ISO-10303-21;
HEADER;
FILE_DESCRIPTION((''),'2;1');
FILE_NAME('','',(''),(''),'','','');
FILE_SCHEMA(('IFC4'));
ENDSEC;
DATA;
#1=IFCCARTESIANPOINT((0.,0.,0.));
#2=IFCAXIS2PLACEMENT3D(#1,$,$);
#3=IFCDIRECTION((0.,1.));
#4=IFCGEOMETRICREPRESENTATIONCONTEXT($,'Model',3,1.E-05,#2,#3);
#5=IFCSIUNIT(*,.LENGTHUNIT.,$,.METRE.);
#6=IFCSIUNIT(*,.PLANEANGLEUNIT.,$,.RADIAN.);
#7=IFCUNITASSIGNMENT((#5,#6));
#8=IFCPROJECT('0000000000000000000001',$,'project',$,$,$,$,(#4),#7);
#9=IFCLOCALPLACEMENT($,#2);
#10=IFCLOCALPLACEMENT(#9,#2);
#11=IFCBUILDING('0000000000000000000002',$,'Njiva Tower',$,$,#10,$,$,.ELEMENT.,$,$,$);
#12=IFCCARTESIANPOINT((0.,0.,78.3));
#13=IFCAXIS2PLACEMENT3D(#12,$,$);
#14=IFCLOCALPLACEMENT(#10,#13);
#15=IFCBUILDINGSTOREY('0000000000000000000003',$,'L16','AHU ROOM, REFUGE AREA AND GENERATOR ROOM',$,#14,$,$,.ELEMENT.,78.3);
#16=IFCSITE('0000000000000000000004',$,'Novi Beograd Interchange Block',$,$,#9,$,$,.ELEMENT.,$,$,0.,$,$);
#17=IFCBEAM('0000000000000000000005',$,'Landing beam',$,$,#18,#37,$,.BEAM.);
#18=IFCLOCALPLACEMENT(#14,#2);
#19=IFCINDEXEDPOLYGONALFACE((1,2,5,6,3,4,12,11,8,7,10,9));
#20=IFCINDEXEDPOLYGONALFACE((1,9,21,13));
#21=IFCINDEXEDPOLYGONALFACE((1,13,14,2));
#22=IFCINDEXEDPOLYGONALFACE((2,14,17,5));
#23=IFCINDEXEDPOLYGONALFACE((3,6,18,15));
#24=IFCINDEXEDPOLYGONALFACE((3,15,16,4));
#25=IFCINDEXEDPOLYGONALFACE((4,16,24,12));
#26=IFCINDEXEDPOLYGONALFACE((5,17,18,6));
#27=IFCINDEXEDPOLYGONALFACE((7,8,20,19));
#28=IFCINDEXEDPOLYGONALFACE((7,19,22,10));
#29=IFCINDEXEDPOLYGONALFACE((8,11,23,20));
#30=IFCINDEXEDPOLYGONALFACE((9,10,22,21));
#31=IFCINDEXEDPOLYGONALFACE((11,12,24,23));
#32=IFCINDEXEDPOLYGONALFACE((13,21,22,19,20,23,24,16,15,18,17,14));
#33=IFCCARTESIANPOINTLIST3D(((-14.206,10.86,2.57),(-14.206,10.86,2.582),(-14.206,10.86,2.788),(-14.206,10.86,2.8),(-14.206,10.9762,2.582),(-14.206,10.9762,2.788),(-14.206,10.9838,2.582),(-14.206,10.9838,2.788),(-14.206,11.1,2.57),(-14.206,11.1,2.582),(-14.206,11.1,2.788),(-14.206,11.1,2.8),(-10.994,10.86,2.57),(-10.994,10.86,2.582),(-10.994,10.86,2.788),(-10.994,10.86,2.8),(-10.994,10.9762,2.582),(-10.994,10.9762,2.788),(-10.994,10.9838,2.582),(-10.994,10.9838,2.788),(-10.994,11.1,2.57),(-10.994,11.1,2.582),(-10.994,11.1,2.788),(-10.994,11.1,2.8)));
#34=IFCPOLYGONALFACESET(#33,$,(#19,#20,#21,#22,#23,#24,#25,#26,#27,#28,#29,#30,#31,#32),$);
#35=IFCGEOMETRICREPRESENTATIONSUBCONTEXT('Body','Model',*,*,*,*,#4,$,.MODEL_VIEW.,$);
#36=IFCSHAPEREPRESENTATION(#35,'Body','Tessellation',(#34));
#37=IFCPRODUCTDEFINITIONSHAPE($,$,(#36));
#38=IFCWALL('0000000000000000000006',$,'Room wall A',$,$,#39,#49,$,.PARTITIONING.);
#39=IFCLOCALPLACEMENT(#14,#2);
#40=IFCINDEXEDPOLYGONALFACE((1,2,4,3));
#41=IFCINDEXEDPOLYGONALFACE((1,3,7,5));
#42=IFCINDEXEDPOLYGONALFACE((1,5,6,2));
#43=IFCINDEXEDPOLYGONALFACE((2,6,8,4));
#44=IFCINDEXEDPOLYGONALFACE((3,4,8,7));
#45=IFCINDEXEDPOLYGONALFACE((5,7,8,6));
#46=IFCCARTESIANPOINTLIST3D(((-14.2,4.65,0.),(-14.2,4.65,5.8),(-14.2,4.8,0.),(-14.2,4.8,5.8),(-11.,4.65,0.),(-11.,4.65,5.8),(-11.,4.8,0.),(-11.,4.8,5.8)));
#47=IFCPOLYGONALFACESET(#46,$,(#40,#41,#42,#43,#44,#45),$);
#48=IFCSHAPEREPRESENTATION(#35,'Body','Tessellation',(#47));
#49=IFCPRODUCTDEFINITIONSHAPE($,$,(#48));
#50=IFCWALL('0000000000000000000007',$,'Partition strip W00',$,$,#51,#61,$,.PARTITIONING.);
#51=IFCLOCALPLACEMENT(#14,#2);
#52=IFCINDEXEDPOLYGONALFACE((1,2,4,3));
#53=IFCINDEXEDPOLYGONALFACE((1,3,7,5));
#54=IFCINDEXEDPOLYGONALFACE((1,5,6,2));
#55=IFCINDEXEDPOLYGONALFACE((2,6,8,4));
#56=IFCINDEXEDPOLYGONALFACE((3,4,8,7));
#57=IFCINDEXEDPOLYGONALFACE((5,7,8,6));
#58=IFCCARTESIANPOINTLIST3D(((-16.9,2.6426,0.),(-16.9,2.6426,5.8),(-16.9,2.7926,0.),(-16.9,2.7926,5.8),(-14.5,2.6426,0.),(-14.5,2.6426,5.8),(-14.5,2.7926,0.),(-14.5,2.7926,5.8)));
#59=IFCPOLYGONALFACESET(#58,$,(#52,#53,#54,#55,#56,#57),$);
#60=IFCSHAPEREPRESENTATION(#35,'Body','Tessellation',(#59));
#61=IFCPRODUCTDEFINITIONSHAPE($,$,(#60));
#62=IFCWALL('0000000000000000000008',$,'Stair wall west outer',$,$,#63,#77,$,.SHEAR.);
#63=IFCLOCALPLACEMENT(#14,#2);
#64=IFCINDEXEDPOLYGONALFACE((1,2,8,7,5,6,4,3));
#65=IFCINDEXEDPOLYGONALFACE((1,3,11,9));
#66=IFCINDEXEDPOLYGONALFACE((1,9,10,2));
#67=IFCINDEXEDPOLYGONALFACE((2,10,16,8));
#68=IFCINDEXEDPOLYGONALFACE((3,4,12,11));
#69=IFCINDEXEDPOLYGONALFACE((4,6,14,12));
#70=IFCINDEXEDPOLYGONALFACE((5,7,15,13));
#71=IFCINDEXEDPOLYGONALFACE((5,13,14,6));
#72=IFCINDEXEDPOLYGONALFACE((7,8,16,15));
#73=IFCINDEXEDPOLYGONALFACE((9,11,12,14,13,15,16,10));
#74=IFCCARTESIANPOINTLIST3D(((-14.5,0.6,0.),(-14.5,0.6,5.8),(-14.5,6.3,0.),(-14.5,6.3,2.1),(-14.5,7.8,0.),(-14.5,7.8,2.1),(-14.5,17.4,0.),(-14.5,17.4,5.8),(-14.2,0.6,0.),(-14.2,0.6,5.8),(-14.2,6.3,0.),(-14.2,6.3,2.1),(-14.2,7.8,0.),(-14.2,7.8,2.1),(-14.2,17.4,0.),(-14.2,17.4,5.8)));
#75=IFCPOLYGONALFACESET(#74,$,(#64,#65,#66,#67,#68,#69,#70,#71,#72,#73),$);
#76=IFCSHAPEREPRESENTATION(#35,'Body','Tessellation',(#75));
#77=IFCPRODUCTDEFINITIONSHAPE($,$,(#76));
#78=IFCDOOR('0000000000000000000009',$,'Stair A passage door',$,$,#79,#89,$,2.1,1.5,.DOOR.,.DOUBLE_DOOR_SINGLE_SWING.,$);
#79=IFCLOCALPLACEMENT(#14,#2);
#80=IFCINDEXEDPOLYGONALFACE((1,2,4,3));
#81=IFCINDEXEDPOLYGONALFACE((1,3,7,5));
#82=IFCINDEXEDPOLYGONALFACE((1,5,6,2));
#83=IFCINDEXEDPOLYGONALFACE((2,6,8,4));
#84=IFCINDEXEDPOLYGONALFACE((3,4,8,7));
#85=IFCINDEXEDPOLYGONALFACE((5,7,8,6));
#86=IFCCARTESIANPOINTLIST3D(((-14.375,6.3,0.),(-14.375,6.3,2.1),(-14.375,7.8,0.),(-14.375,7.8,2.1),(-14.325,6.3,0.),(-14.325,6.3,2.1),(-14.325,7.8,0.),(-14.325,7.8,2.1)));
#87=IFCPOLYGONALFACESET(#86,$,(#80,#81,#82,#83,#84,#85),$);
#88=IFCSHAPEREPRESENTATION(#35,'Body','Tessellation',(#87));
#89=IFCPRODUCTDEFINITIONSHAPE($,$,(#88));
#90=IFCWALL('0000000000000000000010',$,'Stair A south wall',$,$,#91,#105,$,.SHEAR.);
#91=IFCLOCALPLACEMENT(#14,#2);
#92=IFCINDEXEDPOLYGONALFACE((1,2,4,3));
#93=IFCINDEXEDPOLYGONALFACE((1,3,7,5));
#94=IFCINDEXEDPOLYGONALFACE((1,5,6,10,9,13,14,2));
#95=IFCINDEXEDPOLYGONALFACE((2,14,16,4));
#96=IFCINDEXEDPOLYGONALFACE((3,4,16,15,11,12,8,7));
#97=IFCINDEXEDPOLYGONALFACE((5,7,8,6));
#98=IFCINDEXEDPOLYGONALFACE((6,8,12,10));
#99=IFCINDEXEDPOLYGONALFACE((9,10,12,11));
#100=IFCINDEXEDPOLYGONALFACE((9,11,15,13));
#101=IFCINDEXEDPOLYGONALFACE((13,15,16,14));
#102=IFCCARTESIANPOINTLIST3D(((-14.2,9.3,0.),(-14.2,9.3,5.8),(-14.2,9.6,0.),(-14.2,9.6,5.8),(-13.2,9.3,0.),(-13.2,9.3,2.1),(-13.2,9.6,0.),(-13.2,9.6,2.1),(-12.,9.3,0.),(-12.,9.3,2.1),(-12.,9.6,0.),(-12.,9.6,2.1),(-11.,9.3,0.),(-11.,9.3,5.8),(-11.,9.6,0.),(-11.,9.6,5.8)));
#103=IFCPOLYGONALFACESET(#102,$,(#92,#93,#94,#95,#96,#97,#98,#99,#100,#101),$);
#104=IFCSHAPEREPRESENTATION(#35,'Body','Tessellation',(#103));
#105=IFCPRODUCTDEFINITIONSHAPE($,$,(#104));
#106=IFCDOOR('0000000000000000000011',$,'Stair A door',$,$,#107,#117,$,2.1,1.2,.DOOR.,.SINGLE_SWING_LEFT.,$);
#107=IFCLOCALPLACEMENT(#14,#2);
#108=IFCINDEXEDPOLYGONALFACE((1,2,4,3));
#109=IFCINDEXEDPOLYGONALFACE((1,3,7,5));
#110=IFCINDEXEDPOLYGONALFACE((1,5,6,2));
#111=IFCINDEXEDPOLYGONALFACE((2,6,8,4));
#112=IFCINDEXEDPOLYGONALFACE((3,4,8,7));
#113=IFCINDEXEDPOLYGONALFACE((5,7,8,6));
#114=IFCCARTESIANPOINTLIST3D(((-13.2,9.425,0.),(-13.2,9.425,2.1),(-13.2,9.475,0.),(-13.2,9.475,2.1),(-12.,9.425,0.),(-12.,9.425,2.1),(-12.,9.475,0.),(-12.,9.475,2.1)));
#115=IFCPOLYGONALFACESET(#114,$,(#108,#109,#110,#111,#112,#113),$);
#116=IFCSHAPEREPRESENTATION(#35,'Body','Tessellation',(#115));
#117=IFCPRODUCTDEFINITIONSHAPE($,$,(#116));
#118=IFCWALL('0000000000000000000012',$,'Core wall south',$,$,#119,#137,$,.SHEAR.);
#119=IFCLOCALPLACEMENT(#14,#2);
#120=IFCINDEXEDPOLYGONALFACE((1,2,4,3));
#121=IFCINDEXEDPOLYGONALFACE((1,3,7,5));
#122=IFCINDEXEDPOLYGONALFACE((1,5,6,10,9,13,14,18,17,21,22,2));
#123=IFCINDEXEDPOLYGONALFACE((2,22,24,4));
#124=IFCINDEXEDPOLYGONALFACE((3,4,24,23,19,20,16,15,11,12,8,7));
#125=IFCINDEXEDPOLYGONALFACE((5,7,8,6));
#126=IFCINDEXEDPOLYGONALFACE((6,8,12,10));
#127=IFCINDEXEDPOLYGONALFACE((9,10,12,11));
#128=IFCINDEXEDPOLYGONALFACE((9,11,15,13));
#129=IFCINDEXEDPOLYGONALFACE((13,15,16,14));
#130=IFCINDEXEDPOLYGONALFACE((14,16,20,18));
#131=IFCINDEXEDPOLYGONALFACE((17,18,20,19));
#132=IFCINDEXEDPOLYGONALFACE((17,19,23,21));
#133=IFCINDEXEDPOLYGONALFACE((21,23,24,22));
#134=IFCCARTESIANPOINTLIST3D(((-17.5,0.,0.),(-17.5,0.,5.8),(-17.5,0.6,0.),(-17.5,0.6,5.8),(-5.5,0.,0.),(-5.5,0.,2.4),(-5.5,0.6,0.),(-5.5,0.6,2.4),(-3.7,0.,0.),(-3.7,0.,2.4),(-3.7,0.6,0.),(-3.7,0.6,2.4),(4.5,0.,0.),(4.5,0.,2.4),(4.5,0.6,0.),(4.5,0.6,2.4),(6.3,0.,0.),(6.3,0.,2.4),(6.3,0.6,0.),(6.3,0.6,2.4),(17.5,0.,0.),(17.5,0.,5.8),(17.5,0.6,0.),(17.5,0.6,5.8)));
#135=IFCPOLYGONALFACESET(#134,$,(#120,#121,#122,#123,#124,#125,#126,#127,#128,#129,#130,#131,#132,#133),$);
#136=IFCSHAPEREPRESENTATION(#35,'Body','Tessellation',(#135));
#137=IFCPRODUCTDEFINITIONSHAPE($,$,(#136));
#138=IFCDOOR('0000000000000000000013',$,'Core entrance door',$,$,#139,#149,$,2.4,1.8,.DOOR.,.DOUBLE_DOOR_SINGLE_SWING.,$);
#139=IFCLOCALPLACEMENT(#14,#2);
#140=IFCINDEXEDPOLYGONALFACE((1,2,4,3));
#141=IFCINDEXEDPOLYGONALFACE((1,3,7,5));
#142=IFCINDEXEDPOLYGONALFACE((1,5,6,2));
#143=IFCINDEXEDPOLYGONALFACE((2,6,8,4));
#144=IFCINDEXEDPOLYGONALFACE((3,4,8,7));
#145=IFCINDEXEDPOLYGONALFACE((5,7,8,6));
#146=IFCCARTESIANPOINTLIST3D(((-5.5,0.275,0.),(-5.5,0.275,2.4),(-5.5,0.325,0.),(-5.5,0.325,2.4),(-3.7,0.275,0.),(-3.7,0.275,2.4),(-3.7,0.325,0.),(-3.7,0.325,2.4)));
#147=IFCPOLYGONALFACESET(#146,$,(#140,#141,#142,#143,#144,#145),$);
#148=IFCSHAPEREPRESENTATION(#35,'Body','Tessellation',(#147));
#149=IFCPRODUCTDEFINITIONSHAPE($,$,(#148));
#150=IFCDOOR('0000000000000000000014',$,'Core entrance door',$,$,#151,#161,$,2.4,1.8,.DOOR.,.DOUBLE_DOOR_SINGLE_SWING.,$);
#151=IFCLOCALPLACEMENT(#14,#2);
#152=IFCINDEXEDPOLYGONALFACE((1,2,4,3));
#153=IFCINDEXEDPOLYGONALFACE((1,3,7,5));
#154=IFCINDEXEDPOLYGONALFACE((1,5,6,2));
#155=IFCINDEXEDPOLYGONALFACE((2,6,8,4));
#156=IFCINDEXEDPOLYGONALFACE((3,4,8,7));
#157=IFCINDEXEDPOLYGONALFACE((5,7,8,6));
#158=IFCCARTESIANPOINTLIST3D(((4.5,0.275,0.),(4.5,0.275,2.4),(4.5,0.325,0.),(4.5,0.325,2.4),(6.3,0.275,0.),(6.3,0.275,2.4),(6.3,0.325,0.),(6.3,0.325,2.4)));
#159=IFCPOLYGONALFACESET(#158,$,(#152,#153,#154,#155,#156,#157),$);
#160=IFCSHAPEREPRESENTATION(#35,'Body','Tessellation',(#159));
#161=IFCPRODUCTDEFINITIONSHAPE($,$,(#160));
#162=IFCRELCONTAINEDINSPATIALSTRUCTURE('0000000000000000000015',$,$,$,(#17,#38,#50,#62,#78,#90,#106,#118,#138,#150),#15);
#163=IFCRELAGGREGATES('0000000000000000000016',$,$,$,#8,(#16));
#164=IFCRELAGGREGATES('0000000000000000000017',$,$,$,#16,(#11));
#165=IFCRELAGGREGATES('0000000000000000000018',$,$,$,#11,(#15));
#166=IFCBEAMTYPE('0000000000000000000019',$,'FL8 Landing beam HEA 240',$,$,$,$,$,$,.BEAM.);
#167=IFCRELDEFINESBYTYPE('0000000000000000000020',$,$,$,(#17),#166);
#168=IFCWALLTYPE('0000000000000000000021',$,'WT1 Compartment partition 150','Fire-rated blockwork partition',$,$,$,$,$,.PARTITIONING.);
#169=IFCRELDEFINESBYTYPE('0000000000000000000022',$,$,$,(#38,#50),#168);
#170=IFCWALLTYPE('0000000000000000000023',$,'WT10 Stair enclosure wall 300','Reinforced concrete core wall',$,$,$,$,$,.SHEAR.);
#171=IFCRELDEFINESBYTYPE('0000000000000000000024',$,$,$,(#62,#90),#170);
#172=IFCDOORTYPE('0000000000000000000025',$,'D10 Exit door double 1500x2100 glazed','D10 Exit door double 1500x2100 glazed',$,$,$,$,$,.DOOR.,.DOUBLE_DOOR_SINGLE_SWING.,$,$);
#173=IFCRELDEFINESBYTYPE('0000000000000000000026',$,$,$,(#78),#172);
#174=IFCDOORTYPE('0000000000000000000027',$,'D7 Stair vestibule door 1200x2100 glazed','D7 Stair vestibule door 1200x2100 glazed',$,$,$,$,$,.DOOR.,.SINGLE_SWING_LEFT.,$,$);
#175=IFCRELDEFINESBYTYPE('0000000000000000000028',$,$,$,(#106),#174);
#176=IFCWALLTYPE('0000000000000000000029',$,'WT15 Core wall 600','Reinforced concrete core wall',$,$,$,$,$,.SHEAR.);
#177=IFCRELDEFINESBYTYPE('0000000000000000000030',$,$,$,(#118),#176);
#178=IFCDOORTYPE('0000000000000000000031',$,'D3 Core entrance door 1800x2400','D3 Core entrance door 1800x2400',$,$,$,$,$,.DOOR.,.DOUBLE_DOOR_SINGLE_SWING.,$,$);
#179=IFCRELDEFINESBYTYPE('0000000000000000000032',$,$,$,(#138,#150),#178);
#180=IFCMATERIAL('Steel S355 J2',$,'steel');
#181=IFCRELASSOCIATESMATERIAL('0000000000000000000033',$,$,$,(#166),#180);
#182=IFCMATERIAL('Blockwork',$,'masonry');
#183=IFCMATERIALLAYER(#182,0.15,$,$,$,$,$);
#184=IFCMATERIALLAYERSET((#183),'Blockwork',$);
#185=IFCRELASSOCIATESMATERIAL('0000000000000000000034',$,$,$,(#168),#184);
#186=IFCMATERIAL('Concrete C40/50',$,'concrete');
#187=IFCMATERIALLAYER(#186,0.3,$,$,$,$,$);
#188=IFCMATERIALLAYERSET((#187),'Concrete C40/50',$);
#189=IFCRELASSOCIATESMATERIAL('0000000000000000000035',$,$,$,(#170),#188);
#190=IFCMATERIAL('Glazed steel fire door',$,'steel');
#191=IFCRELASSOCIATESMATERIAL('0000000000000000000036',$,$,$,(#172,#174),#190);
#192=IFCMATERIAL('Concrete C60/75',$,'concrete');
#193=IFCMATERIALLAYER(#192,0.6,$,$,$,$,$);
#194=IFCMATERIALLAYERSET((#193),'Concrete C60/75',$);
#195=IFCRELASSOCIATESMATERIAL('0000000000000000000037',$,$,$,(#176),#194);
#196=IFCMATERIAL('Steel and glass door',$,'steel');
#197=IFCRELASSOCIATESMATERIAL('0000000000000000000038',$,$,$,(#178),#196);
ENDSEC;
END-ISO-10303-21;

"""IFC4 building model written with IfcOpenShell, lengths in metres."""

from ifc_helpers import new_model, si_unit, direction, frame, frame_2d, origin, origin_2d, place, context, subcontext, project, spatial, rectangle, i_section, extrude, material, layer, layer_set, material_profile, profile_set, type_object, element, fill, save


model = new_model("IFC4")

# Units and contexts
model_context = context("Model", 3, precision=1e-05, world=origin(), true_north=direction((0.0, 1.0)))
body_context = subcontext(model_context, "Body", "Model", "MODEL_VIEW")
ifc_project = project(units=[si_unit("LENGTHUNIT", "METRE"), si_unit("PLANEANGLEUNIT", "RADIAN")], contexts=[model_context])

# Site, building, storey
site_placement = place(None, origin())
site = spatial("IfcSite", under=ifc_project, at=site_placement, Name="Novi Beograd Interchange Block", CompositionType="ELEMENT", RefElevation=0.0)
building_placement = place(site_placement, origin())
building = spatial("IfcBuilding", under=site, at=building_placement, Name="Njiva Tower", CompositionType="ELEMENT")
storey_placement = place(building_placement, frame((0.0, 0.0, 78.3)))
storey = spatial("IfcBuildingStorey", under=building, at=storey_placement, Name="L16", Description="AHU ROOM, REFUGE AREA AND GENERATOR ROOM", CompositionType="ELEMENT", Elevation=78.3)

# Beam
ifc_material_1 = material(Name="Steel S355 J2", Category="steel")
ifc_material_profile = material_profile(ifc_material_1, i_section(OverallWidth=0.24, OverallDepth=0.23, WebThickness=0.0075, FlangeThickness=0.012, at=origin_2d()), Name="HEA240")
ifc_profile_set = profile_set([ifc_material_profile], Name="Steel S355 J2")
beam_type = type_object("IfcBeamType", Name="FL8 Landing beam HEA 240", PredefinedType="BEAM", material=ifc_profile_set)
beam_placement = place(storey_placement, frame((-14.206, 10.98, 2.685), z_axis=(1.0, 0.0, 0.0), x_axis=(0.0, 1.0, 0.0)))
element("IfcBeam", 1, at=beam_placement, inside=storey, type_object=beam_type, Name="Landing beam", PredefinedType="BEAM", context=body_context, shape_type="SweptSolid", body=[
    extrude(i_section(OverallWidth=0.24, OverallDepth=0.23, WebThickness=0.0075, FlangeThickness=0.012, at=origin_2d()), origin(), (0.0, 0.0, 1.0), 3.212),
])

# Walls
ifc_material_2 = material(Name="Blockwork", Category="masonry")
ifc_layer_1 = layer(ifc_material_2, 0.15)
ifc_layer_set_1 = layer_set([ifc_layer_1], Name="Blockwork")
wall_type_1 = type_object("IfcWallType", Name="WT1 Compartment partition 150", Description="Fire-rated blockwork partition", PredefinedType="PARTITIONING", material=ifc_layer_set_1)
wall_1_placement = place(storey_placement, frame((-14.2, 4.725, 0.0), z_axis=(0.0, 0.0, 1.0), x_axis=(1.0, 0.0, 0.0)))
element("IfcWall", 2, at=wall_1_placement, inside=storey, type_object=wall_type_1, Name="Room wall A", PredefinedType="PARTITIONING", context=body_context, shape_type="SweptSolid", body=[
    extrude(rectangle(XDim=3.2, YDim=0.15, at=frame_2d((1.6, 0.0))), origin(), (0.0, 0.0, 1.0), 5.8),
])
wall_2_placement = place(storey_placement, frame((-16.9, 2.7176, 0.0), z_axis=(0.0, 0.0, 1.0), x_axis=(1.0, 0.0, 0.0)))
element("IfcWall", 3, at=wall_2_placement, inside=storey, type_object=wall_type_1, Name="Partition strip W00", PredefinedType="PARTITIONING", context=body_context, shape_type="SweptSolid", body=[
    extrude(rectangle(XDim=2.4, YDim=0.15, at=frame_2d((1.2, 0.0))), origin(), (0.0, 0.0, 1.0), 5.8),
])

# Walls, openings, doors
ifc_material_3 = material(Name="Concrete C40/50", Category="concrete")
ifc_layer_2 = layer(ifc_material_3, 0.3)
ifc_layer_set_2 = layer_set([ifc_layer_2], Name="Concrete C40/50")
wall_type_2 = type_object("IfcWallType", Name="WT10 Stair enclosure wall 300", Description="Reinforced concrete core wall", PredefinedType="SHEAR", material=ifc_layer_set_2)
wall_3_placement = place(storey_placement, frame((-14.35, 0.6, 0.0), z_axis=(0.0, 0.0, 1.0), x_axis=(0.0, 1.0, 0.0)))
wall_3 = element("IfcWall", 4, at=wall_3_placement, inside=storey, type_object=wall_type_2, Name="Stair wall west outer", PredefinedType="SHEAR", context=body_context, shape_type="SweptSolid", body=[
    extrude(rectangle(XDim=16.8, YDim=0.3, at=frame_2d((8.4, 0.0))), origin(), (0.0, 0.0, 1.0), 5.8),
])
opening_1_placement = place(wall_3_placement, frame((5.7, 0.0, 0.0)))
opening_1 = element("IfcOpeningElement", 5, at=opening_1_placement, cuts=wall_3, PredefinedType="OPENING", context=body_context, shape_type="SweptSolid", body=[
    extrude(rectangle(XDim=1.5, YDim=2.1, at=frame_2d((0.75, 1.05))), frame((0.0, 0.16, 0.0), z_axis=(0.0, -1.0, 0.0), x_axis=(1.0, 0.0, 0.0)), (0.0, 0.0, 1.0), 0.32),
])
ifc_material_4 = material(Name="Glazed steel fire door", Category="steel")
door_type_1 = type_object("IfcDoorType", Name="D10 Exit door double 1500x2100 glazed", Description="D10 Exit door double 1500x2100 glazed", OperationType="DOUBLE_DOOR_SINGLE_SWING", PredefinedType="DOOR", material=ifc_material_4)
door_1_placement = place(opening_1_placement, origin())
door_1 = element("IfcDoor", 6, at=door_1_placement, inside=storey, type_object=door_type_1, Name="Stair A passage door", OperationType="DOUBLE_DOOR_SINGLE_SWING", OverallHeight=2.1, OverallWidth=1.5, PredefinedType="DOOR", context=body_context, shape_type="SweptSolid", body=[
    extrude(rectangle(XDim=1.5, YDim=2.1, at=frame_2d((0.75, 1.05))), frame((0.0, 0.025, 0.0), z_axis=(0.0, -1.0, 0.0), x_axis=(1.0, 0.0, 0.0)), (0.0, 0.0, 1.0), 0.05),
])
fill(opening_1, door_1)
wall_4_placement = place(storey_placement, frame((-14.2, 9.45, 0.0), z_axis=(0.0, 0.0, 1.0), x_axis=(1.0, 0.0, 0.0)))
wall_4 = element("IfcWall", 7, at=wall_4_placement, inside=storey, type_object=wall_type_2, Name="Stair A south wall", PredefinedType="SHEAR", context=body_context, shape_type="SweptSolid", body=[
    extrude(rectangle(XDim=3.2, YDim=0.3, at=frame_2d((1.6, 0.0))), origin(), (0.0, 0.0, 1.0), 5.8),
])
opening_2_placement = place(wall_4_placement, frame((1.0, 0.0, 0.0)))
opening_2 = element("IfcOpeningElement", 8, at=opening_2_placement, cuts=wall_4, PredefinedType="OPENING", context=body_context, shape_type="SweptSolid", body=[
    extrude(rectangle(XDim=1.2, YDim=2.1, at=frame_2d((0.6, 1.05))), frame((0.0, 0.16, 0.0), z_axis=(0.0, -1.0, 0.0), x_axis=(1.0, 0.0, 0.0)), (0.0, 0.0, 1.0), 0.32),
])
door_type_2 = type_object("IfcDoorType", Name="D7 Stair vestibule door 1200x2100 glazed", Description="D7 Stair vestibule door 1200x2100 glazed", OperationType="SINGLE_SWING_LEFT", PredefinedType="DOOR", material=ifc_material_4)
door_2_placement = place(opening_2_placement, origin())
door_2 = element("IfcDoor", 9, at=door_2_placement, inside=storey, type_object=door_type_2, Name="Stair A door", OperationType="SINGLE_SWING_LEFT", OverallHeight=2.1, OverallWidth=1.2, PredefinedType="DOOR", context=body_context, shape_type="SweptSolid", body=[
    extrude(rectangle(XDim=1.2, YDim=2.1, at=frame_2d((0.6, 1.05))), frame((0.0, 0.025, 0.0), z_axis=(0.0, -1.0, 0.0), x_axis=(1.0, 0.0, 0.0)), (0.0, 0.0, 1.0), 0.05),
])
fill(opening_2, door_2)

# Wall, openings, doors
ifc_material_5 = material(Name="Concrete C60/75", Category="concrete")
ifc_layer_3 = layer(ifc_material_5, 0.6)
ifc_layer_set_3 = layer_set([ifc_layer_3], Name="Concrete C60/75")
wall_type_3 = type_object("IfcWallType", Name="WT15 Core wall 600", Description="Reinforced concrete core wall", PredefinedType="SHEAR", material=ifc_layer_set_3)
wall_5_placement = place(storey_placement, frame((-17.5, 0.3, 0.0), z_axis=(0.0, 0.0, 1.0), x_axis=(1.0, 0.0, 0.0)))
wall_5 = element("IfcWall", 10, at=wall_5_placement, inside=storey, type_object=wall_type_3, Name="Core wall south", PredefinedType="SHEAR", context=body_context, shape_type="SweptSolid", body=[
    extrude(rectangle(XDim=35.0, YDim=0.6, at=frame_2d((17.5, 0.0))), origin(), (0.0, 0.0, 1.0), 5.8),
])
opening_3_placement = place(wall_5_placement, frame((12.0, 0.0, 0.0)))
opening_3 = element("IfcOpeningElement", 11, at=opening_3_placement, cuts=wall_5, PredefinedType="OPENING", context=body_context, shape_type="SweptSolid", body=[
    extrude(rectangle(XDim=1.8, YDim=2.4, at=frame_2d((0.9, 1.2))), frame((0.0, 0.31, 0.0), z_axis=(0.0, -1.0, 0.0), x_axis=(1.0, 0.0, 0.0)), (0.0, 0.0, 1.0), 0.62),
])
opening_4_placement = place(wall_5_placement, frame((22.0, 0.0, 0.0)))
opening_4 = element("IfcOpeningElement", 12, at=opening_4_placement, cuts=wall_5, PredefinedType="OPENING", context=body_context, shape_type="SweptSolid", body=[
    extrude(rectangle(XDim=1.8, YDim=2.4, at=frame_2d((0.9, 1.2))), frame((0.0, 0.31, 0.0), z_axis=(0.0, -1.0, 0.0), x_axis=(1.0, 0.0, 0.0)), (0.0, 0.0, 1.0), 0.62),
])
ifc_material_6 = material(Name="Steel and glass door", Category="steel")
door_type_3 = type_object("IfcDoorType", Name="D3 Core entrance door 1800x2400", Description="D3 Core entrance door 1800x2400", OperationType="DOUBLE_DOOR_SINGLE_SWING", PredefinedType="DOOR", material=ifc_material_6)
door_3_placement = place(opening_3_placement, origin())
door_3 = element("IfcDoor", 13, at=door_3_placement, inside=storey, type_object=door_type_3, Name="Core entrance door", OperationType="DOUBLE_DOOR_SINGLE_SWING", OverallHeight=2.4, OverallWidth=1.8, PredefinedType="DOOR", context=body_context, shape_type="SweptSolid", body=[
    extrude(rectangle(XDim=1.8, YDim=2.4, at=frame_2d((0.9, 1.2))), frame((0.0, 0.025, 0.0), z_axis=(0.0, -1.0, 0.0), x_axis=(1.0, 0.0, 0.0)), (0.0, 0.0, 1.0), 0.05),
])
fill(opening_3, door_3)
door_4_placement = place(opening_4_placement, origin())
door_4 = element("IfcDoor", 14, at=door_4_placement, inside=storey, type_object=door_type_3, Name="Core entrance door", OperationType="DOUBLE_DOOR_SINGLE_SWING", OverallHeight=2.4, OverallWidth=1.8, PredefinedType="DOOR", context=body_context, shape_type="SweptSolid", body=[
    extrude(rectangle(XDim=1.8, YDim=2.4, at=frame_2d((0.9, 1.2))), frame((0.0, 0.025, 0.0), z_axis=(0.0, -1.0, 0.0), x_axis=(1.0, 0.0, 0.0)), (0.0, 0.0, 1.0), 0.05),
])
fill(opening_4, door_4)

save(model, "model.ifc")
